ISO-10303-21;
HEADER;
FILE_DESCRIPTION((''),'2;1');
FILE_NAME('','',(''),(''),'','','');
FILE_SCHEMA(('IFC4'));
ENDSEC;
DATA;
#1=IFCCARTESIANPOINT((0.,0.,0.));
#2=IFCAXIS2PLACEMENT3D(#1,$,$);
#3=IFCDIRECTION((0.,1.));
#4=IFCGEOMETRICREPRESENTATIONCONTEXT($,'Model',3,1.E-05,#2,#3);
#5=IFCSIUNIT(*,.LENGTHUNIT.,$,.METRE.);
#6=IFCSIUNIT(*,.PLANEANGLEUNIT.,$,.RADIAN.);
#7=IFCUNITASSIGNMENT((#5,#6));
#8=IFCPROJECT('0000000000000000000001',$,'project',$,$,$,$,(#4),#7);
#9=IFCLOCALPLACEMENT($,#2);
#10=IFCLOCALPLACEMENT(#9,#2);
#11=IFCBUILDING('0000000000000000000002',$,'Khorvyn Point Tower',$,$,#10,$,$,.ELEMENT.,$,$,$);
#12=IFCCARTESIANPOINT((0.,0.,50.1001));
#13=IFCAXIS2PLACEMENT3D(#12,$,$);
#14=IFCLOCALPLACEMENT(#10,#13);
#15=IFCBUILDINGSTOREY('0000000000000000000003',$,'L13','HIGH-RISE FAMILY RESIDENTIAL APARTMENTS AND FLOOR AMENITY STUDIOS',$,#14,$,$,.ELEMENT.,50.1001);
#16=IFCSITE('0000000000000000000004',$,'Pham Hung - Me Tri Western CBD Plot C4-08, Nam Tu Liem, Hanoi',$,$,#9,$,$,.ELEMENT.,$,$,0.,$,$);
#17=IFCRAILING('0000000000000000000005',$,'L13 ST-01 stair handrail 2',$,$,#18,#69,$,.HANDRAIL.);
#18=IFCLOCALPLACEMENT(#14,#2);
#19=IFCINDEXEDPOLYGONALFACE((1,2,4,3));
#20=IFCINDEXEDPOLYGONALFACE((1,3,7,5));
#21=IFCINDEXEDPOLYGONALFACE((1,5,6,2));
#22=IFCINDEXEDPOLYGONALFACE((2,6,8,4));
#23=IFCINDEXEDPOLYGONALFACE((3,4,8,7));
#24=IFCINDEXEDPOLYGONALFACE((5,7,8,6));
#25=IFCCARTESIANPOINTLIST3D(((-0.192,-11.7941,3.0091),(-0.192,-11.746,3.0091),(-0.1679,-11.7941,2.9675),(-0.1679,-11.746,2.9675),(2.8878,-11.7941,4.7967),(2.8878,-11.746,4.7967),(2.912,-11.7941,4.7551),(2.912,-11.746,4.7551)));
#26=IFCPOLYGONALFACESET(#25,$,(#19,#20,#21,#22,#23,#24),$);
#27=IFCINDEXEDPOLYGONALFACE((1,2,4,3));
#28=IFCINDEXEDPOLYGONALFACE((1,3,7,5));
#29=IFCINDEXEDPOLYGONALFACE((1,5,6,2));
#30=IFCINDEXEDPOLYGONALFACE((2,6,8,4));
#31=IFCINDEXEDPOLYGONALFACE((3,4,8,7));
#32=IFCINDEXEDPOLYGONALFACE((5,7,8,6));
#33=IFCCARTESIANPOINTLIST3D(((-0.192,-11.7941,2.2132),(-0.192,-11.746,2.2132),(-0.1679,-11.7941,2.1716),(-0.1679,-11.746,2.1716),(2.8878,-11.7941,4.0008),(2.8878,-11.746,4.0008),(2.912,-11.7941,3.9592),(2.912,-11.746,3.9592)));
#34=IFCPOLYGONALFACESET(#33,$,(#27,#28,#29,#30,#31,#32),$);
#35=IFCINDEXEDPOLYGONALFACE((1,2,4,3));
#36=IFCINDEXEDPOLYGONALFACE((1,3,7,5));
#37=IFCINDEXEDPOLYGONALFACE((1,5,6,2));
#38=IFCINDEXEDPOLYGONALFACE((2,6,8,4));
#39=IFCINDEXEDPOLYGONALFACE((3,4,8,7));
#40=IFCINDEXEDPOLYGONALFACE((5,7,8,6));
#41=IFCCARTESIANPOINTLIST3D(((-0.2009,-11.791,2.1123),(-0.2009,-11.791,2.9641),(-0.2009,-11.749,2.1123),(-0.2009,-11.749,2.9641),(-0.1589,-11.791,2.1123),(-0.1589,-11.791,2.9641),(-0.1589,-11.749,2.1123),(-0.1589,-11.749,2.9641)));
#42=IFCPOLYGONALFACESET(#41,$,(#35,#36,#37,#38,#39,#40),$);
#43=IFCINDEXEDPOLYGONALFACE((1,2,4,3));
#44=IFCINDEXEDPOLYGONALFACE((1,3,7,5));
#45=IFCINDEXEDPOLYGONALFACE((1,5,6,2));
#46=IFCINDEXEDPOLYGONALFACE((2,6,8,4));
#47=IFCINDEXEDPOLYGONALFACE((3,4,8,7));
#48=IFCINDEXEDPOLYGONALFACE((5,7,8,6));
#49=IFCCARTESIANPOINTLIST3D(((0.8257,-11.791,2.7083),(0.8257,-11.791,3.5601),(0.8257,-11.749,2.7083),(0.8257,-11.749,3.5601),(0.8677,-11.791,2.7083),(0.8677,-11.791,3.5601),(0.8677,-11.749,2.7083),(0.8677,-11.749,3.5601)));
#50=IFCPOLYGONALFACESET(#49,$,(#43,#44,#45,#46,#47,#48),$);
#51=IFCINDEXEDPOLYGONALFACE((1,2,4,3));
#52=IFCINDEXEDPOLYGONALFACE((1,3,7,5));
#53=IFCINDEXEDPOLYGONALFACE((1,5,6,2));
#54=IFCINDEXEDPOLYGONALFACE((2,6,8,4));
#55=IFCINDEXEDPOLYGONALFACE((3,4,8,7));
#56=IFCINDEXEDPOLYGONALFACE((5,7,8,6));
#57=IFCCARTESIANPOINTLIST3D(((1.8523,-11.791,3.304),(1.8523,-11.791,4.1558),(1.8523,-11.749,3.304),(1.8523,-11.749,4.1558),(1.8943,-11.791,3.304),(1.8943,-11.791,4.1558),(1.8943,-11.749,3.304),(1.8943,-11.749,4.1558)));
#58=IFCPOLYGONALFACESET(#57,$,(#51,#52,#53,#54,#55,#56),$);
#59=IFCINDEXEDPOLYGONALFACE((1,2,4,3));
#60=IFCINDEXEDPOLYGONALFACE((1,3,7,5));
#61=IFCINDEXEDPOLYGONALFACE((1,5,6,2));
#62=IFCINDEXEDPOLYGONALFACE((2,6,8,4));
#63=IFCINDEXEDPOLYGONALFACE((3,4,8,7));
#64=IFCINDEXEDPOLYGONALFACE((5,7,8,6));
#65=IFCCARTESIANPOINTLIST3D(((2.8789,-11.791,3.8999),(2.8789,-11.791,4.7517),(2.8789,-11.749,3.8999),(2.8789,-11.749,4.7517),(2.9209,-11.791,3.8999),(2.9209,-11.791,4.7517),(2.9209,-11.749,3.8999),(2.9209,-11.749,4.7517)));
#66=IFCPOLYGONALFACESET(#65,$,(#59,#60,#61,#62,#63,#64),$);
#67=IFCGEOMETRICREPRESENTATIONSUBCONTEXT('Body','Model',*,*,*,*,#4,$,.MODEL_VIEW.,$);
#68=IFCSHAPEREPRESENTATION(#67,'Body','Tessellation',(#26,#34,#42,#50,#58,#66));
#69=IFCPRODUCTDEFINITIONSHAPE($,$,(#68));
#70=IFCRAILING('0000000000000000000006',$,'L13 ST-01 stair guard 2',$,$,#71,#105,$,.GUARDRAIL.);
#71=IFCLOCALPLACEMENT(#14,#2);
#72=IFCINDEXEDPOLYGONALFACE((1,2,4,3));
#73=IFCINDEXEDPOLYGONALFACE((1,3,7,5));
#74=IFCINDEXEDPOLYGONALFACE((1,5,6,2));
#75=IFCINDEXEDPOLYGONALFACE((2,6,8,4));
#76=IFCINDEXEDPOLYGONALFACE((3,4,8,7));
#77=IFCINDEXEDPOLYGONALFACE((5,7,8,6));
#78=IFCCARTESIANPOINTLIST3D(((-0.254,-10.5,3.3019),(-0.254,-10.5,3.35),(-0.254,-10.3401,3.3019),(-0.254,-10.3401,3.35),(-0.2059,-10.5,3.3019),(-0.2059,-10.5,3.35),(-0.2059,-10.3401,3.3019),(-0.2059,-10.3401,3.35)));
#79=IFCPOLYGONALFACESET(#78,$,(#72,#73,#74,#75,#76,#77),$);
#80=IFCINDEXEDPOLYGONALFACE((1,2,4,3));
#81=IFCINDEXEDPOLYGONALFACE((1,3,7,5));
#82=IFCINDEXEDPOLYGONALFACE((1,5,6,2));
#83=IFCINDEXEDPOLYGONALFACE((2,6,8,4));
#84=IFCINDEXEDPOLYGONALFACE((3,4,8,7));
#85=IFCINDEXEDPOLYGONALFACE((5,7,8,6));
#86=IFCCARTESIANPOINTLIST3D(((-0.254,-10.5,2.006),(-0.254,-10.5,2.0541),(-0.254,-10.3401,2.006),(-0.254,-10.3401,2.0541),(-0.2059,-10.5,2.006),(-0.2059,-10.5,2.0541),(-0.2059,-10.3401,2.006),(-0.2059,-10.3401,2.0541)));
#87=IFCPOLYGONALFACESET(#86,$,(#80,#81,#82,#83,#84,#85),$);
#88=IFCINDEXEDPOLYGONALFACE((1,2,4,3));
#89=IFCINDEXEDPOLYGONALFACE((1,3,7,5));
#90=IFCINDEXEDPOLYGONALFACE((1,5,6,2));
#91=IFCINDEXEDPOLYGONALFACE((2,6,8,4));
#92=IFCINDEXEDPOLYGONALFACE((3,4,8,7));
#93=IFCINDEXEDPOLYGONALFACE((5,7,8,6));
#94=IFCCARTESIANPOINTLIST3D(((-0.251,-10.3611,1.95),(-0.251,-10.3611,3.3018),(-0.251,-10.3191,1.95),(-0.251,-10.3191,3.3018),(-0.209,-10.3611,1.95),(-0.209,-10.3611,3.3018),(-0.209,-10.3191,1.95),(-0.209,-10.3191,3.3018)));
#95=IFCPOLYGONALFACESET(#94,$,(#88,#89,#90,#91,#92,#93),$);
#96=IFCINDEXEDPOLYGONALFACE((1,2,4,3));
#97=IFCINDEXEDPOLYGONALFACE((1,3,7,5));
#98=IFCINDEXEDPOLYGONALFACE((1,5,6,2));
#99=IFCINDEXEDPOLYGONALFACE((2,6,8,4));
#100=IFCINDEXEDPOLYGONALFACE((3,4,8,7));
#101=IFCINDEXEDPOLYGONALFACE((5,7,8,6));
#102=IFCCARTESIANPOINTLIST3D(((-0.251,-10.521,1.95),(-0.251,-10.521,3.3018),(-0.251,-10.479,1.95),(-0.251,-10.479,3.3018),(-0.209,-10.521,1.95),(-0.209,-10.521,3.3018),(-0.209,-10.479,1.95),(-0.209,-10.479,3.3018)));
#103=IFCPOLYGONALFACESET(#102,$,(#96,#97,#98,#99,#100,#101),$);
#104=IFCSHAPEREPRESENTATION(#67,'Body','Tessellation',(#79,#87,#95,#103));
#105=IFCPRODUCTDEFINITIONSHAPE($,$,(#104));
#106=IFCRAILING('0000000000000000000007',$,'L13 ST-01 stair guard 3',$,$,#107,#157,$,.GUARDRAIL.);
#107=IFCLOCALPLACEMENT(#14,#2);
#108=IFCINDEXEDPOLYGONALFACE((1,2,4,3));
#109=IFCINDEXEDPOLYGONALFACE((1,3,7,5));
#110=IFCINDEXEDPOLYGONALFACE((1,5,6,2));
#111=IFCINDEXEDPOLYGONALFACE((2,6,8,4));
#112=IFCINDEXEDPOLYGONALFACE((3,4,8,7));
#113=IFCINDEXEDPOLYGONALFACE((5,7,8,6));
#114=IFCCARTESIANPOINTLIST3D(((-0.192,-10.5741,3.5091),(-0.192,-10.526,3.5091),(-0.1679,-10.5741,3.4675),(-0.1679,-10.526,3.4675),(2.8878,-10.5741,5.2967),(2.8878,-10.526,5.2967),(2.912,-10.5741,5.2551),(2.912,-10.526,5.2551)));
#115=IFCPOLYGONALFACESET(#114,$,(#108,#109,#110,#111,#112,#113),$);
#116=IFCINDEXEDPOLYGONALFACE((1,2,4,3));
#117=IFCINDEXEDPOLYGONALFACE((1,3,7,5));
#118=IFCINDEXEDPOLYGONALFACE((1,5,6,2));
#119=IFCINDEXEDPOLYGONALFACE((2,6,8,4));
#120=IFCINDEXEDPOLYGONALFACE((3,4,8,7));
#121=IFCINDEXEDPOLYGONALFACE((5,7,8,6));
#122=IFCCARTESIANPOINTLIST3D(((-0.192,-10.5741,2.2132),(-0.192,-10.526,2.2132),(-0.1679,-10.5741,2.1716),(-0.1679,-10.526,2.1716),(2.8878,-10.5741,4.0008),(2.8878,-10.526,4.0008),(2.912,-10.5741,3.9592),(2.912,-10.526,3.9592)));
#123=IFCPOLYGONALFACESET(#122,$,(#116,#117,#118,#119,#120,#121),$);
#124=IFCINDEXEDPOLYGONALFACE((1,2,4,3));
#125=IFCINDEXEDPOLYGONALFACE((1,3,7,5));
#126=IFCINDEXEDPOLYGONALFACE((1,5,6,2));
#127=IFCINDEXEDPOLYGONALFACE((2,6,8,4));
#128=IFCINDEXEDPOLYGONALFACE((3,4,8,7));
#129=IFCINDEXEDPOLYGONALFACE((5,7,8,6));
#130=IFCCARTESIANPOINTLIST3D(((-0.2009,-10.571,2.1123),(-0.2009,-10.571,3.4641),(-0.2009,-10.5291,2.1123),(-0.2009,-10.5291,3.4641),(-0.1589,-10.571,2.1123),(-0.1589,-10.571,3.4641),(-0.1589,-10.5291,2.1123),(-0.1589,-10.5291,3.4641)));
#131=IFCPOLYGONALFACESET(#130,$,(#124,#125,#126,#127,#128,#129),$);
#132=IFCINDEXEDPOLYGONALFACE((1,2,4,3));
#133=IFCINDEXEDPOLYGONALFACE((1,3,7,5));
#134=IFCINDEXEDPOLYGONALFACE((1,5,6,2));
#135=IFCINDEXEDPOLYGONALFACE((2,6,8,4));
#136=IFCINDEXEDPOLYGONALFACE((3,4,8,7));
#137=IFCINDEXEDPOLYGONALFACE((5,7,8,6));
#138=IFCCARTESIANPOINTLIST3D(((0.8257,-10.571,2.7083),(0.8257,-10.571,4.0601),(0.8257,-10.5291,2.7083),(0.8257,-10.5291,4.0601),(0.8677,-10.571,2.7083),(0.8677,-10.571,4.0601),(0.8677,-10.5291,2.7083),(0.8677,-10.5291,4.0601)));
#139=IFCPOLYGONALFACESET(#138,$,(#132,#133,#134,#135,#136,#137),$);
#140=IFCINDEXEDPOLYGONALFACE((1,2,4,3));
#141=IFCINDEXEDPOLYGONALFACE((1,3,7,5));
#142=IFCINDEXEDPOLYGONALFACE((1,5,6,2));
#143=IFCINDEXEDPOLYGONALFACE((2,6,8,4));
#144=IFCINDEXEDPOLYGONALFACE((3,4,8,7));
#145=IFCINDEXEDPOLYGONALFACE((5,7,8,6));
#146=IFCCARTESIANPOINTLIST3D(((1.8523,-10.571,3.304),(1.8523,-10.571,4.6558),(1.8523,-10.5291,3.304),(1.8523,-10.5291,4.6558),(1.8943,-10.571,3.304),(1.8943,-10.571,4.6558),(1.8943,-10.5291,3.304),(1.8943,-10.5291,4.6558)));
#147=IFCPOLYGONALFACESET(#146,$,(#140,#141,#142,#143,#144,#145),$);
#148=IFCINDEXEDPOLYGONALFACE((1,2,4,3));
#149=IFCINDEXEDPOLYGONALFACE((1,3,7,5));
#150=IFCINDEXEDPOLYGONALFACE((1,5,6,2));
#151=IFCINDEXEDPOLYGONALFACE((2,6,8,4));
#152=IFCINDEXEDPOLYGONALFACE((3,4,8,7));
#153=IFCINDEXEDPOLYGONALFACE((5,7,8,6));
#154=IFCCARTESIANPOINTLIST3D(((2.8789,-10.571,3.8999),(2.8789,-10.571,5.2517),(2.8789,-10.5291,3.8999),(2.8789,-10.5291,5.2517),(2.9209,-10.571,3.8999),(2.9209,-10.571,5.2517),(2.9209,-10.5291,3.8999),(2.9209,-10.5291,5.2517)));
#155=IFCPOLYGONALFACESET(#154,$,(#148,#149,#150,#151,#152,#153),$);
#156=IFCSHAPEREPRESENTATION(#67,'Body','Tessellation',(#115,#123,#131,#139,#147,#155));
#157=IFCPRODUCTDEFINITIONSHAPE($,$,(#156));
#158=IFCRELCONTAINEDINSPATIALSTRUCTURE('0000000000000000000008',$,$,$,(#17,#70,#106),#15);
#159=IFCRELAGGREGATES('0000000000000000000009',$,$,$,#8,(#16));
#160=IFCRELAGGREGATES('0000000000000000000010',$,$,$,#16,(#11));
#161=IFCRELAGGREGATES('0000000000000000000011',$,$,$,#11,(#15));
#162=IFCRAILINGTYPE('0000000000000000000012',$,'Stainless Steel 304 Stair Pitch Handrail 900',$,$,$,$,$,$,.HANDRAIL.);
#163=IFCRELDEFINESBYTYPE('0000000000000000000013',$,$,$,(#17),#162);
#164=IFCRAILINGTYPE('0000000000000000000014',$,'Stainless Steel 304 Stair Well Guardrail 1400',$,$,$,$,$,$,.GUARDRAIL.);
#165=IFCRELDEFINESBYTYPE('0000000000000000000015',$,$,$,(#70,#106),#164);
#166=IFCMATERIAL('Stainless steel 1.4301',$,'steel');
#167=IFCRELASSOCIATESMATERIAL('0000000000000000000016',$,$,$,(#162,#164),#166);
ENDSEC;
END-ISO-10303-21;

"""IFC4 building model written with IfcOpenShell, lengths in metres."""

from ifc_helpers import new_model, si_unit, direction, frame, origin, origin_2d, place, context, subcontext, project, spatial, rectangle, extrude, material, type_object, element, save


model = new_model("IFC4")

# Units and contexts
model_context = context("Model", 3, precision=1e-05, world=origin(), true_north=direction((0.0, 1.0)))
body_context = subcontext(model_context, "Body", "Model", "MODEL_VIEW")
ifc_project = project(units=[si_unit("LENGTHUNIT", "METRE"), si_unit("PLANEANGLEUNIT", "RADIAN")], contexts=[model_context])

# Site, building, storey
site_placement = place(None, origin())
site = spatial("IfcSite", under=ifc_project, at=site_placement, Name="Pham Hung - Me Tri Western CBD Plot C4-08, Nam Tu Liem, Hanoi", CompositionType="ELEMENT", RefElevation=0.0)
building_placement = place(site_placement, origin())
building = spatial("IfcBuilding", under=site, at=building_placement, Name="Khorvyn Point Tower", CompositionType="ELEMENT")
storey_placement = place(building_placement, frame((0.0, 0.0, 50.1001)))
storey = spatial("IfcBuildingStorey", under=building, at=storey_placement, Name="L13", Description="HIGH-RISE FAMILY RESIDENTIAL APARTMENTS AND FLOOR AMENITY STUDIOS", CompositionType="ELEMENT", Elevation=50.1001)

# Shared definitions
ifc_material_1 = material(Name="Stainless steel 1.4301", Category="steel")

# Railings
railing_type_1 = type_object("IfcRailingType", Name="Stainless Steel 304 Stair Pitch Handrail 900", PredefinedType="HANDRAIL", material=ifc_material_1)
railing_1_placement = place(storey_placement, frame((-0.1799, -11.77, 2.1123)))
element("IfcRailing", 1, at=railing_1_placement, inside=storey, type_object=railing_type_1, Name="L13 ST-01 stair handrail 2", PredefinedType="HANDRAIL", context=body_context, shape_type="SweptSolid", body=[
    extrude(rectangle(XDim=0.0481, YDim=0.0481, at=origin_2d()), frame((0.0, 0.0, 0.876), z_axis=(0.864873, 0.0, 0.50199), x_axis=(0.0, 1.0, 0.0)), (0.0, 0.0, 1.0), 3.561),
    extrude(rectangle(XDim=0.0481, YDim=0.0481, at=origin_2d()), frame((0.0, 0.0, 0.0801), z_axis=(0.864873, 0.0, 0.50199), x_axis=(0.0, 1.0, 0.0)), (0.0, 0.0, 1.0), 3.561),
    extrude(rectangle(XDim=0.042, YDim=0.042, at=origin_2d()), origin(), (0.0, 0.0, 1.0), 0.8518),
    extrude(rectangle(XDim=0.042, YDim=0.042, at=origin_2d()), frame((1.0266, 0.0, 0.5959)), (0.0, 0.0, 1.0), 0.8518),
    extrude(rectangle(XDim=0.042, YDim=0.042, at=origin_2d()), frame((2.0532, 0.0, 1.1917)), (0.0, 0.0, 1.0), 0.8518),
    extrude(rectangle(XDim=0.042, YDim=0.042, at=origin_2d()), frame((3.0798, 0.0, 1.7876)), (0.0, 0.0, 1.0), 0.8518),
])
railing_type_2 = type_object("IfcRailingType", Name="Stainless Steel 304 Stair Well Guardrail 1400", PredefinedType="GUARDRAIL", material=ifc_material_1)
railing_2_placement = place(storey_placement, frame((-0.23, -10.3401, 1.95)))
element("IfcRailing", 2, at=railing_2_placement, inside=storey, type_object=railing_type_2, Name="L13 ST-01 stair guard 2", PredefinedType="GUARDRAIL", context=body_context, shape_type="SweptSolid", body=[
    extrude(rectangle(XDim=0.0481, YDim=0.0481, at=origin_2d()), frame((0.0, 0.0, 1.376), z_axis=(0.0, -1.0, 0.0), x_axis=(1.0, 0.0, 0.0)), (0.0, 0.0, 1.0), 0.1599),
    extrude(rectangle(XDim=0.0481, YDim=0.0481, at=origin_2d()), frame((0.0, 0.0, 0.0801), z_axis=(0.0, -1.0, 0.0), x_axis=(1.0, 0.0, 0.0)), (0.0, 0.0, 1.0), 0.1599),
    extrude(rectangle(XDim=0.042, YDim=0.042, at=origin_2d()), origin(), (0.0, 0.0, 1.0), 1.3518),
    extrude(rectangle(XDim=0.042, YDim=0.042, at=origin_2d()), frame((0.0, -0.1599, 0.0)), (0.0, 0.0, 1.0), 1.3518),
])
railing_3_placement = place(storey_placement, frame((-0.1799, -10.55, 2.1123)))
element("IfcRailing", 3, at=railing_3_placement, inside=storey, type_object=railing_type_2, Name="L13 ST-01 stair guard 3", PredefinedType="GUARDRAIL", context=body_context, shape_type="SweptSolid", body=[
    extrude(rectangle(XDim=0.0481, YDim=0.0481, at=origin_2d()), frame((0.0, 0.0, 1.376), z_axis=(0.864873, 0.0, 0.50199), x_axis=(0.0, 1.0, 0.0)), (0.0, 0.0, 1.0), 3.561),
    extrude(rectangle(XDim=0.0481, YDim=0.0481, at=origin_2d()), frame((0.0, 0.0, 0.0801), z_axis=(0.864873, 0.0, 0.50199), x_axis=(0.0, 1.0, 0.0)), (0.0, 0.0, 1.0), 3.561),
    extrude(rectangle(XDim=0.042, YDim=0.042, at=origin_2d()), origin(), (0.0, 0.0, 1.0), 1.3518),
    extrude(rectangle(XDim=0.042, YDim=0.042, at=origin_2d()), frame((1.0266, 0.0, 0.5959)), (0.0, 0.0, 1.0), 1.3518),
    extrude(rectangle(XDim=0.042, YDim=0.042, at=origin_2d()), frame((2.0532, 0.0, 1.1917)), (0.0, 0.0, 1.0), 1.3518),
    extrude(rectangle(XDim=0.042, YDim=0.042, at=origin_2d()), frame((3.0798, 0.0, 1.7876)), (0.0, 0.0, 1.0), 1.3518),
])

save(model, "model.ifc")
